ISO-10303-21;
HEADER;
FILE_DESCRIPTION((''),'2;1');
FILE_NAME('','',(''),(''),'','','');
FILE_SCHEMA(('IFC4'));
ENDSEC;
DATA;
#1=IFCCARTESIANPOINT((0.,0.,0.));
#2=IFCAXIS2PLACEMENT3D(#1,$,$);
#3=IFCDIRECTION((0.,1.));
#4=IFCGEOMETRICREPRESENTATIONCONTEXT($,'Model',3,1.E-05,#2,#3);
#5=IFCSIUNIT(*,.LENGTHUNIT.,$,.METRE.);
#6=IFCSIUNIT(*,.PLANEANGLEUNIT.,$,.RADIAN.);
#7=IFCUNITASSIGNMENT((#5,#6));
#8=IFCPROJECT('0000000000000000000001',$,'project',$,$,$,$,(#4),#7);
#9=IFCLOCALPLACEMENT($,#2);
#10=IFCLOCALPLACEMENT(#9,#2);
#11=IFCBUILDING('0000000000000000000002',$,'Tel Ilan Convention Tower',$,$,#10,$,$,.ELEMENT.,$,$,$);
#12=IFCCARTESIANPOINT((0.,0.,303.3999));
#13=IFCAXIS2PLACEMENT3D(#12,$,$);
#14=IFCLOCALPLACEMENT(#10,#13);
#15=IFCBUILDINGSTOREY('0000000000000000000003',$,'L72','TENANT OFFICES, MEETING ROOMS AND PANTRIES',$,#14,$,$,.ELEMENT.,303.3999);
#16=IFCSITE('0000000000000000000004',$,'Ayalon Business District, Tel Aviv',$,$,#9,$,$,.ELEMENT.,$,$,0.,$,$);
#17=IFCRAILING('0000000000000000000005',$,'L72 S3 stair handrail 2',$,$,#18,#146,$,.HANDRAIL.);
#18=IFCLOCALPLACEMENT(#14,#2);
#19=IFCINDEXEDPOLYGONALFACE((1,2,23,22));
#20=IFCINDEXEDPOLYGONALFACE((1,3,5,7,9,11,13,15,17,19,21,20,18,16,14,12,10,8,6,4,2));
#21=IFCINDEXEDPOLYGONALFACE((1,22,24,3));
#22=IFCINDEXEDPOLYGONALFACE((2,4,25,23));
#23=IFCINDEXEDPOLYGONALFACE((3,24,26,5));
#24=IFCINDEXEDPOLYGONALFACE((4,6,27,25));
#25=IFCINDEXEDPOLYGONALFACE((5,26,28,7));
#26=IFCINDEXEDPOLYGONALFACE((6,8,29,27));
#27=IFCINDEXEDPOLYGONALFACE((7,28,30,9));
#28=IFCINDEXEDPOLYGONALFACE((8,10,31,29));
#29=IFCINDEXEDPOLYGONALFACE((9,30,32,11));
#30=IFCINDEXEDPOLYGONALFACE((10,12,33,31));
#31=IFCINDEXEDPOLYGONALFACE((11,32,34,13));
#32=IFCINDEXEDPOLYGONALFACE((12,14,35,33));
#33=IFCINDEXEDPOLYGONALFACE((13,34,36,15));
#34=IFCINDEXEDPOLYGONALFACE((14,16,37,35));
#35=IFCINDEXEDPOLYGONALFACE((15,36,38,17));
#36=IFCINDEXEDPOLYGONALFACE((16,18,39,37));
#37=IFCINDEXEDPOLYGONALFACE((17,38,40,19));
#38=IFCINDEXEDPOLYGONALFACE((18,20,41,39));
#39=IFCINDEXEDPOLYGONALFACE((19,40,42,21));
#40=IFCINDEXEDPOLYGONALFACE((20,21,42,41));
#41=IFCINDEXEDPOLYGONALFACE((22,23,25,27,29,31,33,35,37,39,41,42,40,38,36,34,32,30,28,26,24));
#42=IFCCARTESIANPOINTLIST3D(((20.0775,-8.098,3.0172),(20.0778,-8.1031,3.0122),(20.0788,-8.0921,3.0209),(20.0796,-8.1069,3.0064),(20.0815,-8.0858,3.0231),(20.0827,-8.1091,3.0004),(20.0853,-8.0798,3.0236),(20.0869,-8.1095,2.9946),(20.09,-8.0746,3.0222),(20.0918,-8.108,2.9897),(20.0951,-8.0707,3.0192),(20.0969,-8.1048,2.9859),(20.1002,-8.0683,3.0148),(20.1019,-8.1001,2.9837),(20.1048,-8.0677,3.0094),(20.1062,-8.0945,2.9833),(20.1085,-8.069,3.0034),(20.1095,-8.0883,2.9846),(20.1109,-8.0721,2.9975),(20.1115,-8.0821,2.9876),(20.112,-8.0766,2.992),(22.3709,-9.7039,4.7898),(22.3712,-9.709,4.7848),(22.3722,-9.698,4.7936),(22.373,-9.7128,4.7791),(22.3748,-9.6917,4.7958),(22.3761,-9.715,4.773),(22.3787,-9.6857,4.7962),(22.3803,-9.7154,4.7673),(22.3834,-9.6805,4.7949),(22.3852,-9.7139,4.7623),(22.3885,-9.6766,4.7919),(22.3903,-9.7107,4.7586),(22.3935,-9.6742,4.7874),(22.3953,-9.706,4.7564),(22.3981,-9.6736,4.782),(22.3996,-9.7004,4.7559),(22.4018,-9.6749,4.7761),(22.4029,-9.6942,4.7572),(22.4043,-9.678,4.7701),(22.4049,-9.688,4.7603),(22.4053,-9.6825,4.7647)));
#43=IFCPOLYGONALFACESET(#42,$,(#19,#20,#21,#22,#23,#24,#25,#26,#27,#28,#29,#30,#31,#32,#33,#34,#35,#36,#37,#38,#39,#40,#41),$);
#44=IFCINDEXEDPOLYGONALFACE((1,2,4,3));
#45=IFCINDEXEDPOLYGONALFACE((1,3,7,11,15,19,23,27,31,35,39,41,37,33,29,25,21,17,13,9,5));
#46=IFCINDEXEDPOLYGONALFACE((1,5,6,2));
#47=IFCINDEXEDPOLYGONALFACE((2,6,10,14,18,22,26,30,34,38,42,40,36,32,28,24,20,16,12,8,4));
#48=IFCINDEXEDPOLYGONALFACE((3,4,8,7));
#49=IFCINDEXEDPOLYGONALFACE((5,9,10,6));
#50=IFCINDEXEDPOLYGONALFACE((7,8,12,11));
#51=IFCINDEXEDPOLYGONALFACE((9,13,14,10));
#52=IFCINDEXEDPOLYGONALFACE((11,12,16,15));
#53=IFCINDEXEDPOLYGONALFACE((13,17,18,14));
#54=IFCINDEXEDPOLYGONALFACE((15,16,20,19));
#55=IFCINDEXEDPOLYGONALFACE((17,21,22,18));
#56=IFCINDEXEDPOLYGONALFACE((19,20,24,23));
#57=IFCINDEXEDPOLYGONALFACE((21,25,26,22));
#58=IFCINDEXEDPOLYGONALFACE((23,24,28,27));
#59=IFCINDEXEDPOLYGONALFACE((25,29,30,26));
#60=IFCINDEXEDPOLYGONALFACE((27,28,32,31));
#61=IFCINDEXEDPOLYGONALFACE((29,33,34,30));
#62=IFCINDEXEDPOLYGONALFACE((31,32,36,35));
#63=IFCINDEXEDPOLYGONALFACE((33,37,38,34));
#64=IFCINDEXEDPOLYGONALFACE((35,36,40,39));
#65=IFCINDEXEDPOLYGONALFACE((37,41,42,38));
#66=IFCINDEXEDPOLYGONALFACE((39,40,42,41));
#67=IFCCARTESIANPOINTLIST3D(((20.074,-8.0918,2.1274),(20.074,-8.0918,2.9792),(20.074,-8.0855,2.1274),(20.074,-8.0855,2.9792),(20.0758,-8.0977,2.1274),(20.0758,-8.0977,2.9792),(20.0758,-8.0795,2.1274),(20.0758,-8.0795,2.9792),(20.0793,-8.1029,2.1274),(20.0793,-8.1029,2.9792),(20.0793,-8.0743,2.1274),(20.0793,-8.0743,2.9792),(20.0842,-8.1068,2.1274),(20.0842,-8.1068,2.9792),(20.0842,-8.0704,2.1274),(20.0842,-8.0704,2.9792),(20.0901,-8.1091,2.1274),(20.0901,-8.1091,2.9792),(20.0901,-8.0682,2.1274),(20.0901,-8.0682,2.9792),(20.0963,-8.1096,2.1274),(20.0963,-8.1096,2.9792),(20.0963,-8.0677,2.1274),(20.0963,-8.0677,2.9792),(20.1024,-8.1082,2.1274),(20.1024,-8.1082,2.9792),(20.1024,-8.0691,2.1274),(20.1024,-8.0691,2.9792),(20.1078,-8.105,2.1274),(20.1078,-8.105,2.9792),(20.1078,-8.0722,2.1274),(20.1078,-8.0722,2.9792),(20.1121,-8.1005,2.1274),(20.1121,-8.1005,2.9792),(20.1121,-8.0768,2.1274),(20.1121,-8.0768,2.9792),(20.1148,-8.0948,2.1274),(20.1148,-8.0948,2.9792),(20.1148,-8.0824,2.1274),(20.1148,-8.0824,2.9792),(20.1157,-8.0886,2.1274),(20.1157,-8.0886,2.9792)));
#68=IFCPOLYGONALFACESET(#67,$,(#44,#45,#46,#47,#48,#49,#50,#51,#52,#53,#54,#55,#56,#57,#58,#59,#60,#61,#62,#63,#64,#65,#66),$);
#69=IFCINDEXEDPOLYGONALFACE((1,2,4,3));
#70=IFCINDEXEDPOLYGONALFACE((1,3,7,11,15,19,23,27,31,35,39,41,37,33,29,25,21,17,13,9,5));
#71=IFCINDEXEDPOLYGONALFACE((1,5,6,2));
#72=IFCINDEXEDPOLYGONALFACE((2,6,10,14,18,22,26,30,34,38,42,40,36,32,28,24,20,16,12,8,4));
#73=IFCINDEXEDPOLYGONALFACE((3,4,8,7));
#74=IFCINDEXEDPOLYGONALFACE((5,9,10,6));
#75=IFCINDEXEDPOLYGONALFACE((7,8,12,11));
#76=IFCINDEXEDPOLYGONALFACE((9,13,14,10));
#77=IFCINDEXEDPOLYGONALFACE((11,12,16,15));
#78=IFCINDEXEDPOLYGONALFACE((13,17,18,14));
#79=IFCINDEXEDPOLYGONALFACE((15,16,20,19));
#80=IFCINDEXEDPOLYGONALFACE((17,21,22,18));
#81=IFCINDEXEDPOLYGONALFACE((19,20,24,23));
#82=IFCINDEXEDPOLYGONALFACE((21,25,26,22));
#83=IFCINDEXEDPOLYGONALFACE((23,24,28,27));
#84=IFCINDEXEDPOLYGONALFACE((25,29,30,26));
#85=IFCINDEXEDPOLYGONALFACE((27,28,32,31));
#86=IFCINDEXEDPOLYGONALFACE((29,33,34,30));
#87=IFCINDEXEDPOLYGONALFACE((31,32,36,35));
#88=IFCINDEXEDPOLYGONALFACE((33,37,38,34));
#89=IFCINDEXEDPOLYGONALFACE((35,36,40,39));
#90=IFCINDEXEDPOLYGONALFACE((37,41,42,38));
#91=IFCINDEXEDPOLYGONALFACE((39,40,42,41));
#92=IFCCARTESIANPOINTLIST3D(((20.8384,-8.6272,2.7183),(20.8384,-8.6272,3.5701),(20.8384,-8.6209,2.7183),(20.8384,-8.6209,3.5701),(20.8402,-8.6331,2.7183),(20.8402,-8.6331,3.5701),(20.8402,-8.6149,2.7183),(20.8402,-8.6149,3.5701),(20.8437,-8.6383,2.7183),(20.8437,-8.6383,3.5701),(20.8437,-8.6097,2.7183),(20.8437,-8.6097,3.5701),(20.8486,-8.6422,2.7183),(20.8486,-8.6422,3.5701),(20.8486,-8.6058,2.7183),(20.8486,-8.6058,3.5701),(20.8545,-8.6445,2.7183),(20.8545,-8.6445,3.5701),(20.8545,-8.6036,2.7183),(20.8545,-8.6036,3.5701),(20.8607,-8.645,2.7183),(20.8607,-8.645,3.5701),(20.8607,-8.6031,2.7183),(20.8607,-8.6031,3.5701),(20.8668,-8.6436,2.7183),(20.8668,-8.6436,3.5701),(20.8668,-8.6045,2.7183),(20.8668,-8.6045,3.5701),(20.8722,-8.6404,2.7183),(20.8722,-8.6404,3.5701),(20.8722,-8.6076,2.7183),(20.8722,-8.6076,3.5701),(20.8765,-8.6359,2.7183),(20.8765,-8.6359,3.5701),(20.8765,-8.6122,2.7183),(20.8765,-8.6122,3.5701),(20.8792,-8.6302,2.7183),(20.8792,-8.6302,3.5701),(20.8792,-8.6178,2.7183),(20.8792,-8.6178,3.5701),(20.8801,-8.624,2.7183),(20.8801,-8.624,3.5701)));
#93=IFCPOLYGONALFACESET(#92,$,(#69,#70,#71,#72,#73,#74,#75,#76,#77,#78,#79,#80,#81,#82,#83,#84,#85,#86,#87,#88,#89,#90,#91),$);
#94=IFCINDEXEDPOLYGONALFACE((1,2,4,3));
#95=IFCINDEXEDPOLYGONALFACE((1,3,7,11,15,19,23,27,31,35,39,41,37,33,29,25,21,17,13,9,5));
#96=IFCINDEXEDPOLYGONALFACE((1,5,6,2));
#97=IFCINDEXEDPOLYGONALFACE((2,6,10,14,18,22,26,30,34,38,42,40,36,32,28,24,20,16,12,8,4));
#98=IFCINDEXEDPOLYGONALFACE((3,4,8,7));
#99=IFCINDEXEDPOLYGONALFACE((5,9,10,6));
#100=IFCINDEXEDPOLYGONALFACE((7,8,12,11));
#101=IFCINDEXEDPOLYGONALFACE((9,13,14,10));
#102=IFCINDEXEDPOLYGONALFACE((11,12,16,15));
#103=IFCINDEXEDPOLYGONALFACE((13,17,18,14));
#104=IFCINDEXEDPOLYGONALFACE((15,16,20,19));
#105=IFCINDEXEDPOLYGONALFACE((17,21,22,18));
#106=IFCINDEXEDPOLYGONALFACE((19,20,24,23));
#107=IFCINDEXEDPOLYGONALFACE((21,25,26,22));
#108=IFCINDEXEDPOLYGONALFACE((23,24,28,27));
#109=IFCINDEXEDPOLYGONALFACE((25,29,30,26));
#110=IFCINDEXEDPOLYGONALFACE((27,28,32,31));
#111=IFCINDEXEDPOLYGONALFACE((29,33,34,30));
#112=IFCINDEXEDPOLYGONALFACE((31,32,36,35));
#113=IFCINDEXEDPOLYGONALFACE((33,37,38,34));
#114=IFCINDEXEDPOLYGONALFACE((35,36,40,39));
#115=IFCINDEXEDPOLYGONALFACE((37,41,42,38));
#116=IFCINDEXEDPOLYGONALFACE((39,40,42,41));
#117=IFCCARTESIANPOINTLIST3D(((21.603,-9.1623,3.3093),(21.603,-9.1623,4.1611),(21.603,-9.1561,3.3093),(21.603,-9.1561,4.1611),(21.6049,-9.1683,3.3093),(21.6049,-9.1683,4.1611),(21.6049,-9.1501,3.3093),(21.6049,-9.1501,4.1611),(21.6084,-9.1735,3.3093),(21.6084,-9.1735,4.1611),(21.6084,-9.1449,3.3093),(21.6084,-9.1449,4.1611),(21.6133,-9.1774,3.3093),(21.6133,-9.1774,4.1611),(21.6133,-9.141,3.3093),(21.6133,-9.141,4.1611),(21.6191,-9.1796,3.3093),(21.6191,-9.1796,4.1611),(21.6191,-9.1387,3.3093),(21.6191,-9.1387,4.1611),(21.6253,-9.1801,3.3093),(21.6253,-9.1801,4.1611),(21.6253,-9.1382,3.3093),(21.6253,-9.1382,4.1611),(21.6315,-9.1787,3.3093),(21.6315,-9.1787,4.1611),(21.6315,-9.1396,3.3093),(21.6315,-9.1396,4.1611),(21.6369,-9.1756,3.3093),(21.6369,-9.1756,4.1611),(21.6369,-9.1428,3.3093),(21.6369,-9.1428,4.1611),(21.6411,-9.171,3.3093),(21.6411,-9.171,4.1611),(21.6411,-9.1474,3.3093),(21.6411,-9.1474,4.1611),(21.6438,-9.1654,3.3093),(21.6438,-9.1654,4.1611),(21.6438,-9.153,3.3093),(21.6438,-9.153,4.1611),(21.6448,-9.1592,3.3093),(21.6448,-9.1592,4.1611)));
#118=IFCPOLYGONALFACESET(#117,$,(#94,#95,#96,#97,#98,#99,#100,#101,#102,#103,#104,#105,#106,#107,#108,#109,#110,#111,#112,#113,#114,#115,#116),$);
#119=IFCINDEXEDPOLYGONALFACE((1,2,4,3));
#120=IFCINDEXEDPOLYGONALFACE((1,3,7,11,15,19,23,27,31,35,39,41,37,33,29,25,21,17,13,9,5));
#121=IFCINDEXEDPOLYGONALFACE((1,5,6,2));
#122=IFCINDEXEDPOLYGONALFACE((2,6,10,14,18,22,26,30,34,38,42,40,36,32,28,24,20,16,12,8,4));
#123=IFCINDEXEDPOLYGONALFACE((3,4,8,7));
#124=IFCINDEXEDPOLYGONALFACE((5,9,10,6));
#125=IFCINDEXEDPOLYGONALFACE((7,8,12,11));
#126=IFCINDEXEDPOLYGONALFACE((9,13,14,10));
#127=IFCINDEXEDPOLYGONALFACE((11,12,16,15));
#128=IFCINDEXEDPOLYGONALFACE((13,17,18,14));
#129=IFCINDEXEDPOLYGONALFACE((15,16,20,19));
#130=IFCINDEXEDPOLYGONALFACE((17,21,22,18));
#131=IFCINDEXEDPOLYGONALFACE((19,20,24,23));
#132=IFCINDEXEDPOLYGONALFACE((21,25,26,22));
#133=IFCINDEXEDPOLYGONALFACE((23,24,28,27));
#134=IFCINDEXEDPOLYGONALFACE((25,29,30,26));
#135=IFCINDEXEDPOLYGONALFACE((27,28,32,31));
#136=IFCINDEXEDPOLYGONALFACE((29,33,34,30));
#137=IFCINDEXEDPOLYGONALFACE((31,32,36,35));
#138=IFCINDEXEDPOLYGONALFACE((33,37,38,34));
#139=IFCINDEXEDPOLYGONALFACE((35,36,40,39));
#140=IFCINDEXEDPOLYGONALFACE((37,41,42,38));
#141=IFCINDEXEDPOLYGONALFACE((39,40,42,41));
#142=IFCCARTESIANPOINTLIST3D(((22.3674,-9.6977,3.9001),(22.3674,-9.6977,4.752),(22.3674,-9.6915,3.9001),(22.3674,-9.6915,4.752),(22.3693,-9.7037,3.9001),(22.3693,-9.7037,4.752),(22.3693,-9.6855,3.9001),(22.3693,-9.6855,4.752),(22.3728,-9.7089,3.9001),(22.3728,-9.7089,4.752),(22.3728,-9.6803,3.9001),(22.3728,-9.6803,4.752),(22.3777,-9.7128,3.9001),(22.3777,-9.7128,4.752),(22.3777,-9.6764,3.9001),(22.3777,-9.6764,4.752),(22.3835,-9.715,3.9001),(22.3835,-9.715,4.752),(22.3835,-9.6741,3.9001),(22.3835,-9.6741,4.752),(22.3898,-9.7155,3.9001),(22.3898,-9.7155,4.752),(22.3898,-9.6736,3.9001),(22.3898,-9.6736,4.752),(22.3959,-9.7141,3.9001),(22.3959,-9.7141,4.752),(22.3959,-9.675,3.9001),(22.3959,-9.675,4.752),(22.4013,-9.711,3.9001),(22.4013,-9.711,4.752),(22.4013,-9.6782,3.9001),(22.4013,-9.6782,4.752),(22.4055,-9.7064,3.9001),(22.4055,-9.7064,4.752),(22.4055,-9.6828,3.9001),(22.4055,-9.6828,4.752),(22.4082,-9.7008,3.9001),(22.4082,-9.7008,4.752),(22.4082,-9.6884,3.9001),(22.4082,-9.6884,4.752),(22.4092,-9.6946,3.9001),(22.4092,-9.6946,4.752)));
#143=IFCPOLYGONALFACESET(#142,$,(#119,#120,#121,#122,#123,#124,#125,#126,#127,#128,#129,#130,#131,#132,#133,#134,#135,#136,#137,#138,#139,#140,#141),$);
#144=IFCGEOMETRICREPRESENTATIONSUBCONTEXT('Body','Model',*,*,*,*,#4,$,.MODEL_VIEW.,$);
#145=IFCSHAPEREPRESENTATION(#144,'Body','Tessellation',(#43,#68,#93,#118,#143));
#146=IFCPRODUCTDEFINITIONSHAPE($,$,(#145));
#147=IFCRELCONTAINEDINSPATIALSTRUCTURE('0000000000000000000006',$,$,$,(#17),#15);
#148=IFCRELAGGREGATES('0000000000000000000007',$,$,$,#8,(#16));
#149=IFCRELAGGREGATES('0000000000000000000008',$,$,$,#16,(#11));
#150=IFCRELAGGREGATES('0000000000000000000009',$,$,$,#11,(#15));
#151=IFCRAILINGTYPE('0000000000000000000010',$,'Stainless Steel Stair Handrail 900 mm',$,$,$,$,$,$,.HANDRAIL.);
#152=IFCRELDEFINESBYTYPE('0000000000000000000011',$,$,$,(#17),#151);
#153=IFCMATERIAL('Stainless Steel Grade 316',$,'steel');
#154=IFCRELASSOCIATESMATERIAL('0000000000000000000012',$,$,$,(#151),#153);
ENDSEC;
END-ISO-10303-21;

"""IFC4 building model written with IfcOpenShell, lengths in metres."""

from ifc_helpers import new_model, si_unit, direction, frame, origin, origin_2d, place, context, subcontext, project, spatial, circle, extrude, material, type_object, element, save


model = new_model("IFC4")

# Units and contexts
model_context = context("Model", 3, precision=1e-05, world=origin(), true_north=direction((0.0, 1.0)))
body_context = subcontext(model_context, "Body", "Model", "MODEL_VIEW")
ifc_project = project(units=[si_unit("LENGTHUNIT", "METRE"), si_unit("PLANEANGLEUNIT", "RADIAN")], contexts=[model_context])

# Site, building, storey
site_placement = place(None, origin())
site = spatial("IfcSite", under=ifc_project, at=site_placement, Name="Ayalon Business District, Tel Aviv", CompositionType="ELEMENT", RefElevation=0.0)
building_placement = place(site_placement, origin())
building = spatial("IfcBuilding", under=site, at=building_placement, Name="Tel Ilan Convention Tower", CompositionType="ELEMENT")
storey_placement = place(building_placement, frame((0.0, 0.0, 303.3999)))
storey = spatial("IfcBuildingStorey", under=building, at=storey_placement, Name="L72", Description="TENANT OFFICES, MEETING ROOMS AND PANTRIES", CompositionType="ELEMENT", Elevation=303.3999)

# Railing
ifc_material_1 = material(Name="Stainless Steel Grade 316", Category="steel")
railing_type_1 = type_object("IfcRailingType", Name="Stainless Steel Stair Handrail 900 mm", PredefinedType="HANDRAIL", material=ifc_material_1)
railing_1_placement = place(storey_placement, frame((20.0947, -8.0886, 2.1274)))
element("IfcRailing", 1, at=railing_1_placement, inside=storey, type_object=railing_type_1, Name="L72 S3 stair handrail 2", PredefinedType="HANDRAIL", context=body_context, shape_type="SweptSolid", body=[
    extrude(circle(Radius=0.0239, at=origin_2d()), frame((0.0, 0.0, 0.876), z_axis=(0.692085, -0.484621, 0.53494), x_axis=(0.573591, 0.819142, 0.0)), (0.0, 0.0, 1.0), 3.3137),
    extrude(circle(Radius=0.021, at=origin_2d()), origin(), (0.0, 0.0, 1.0), 0.8518),
    extrude(circle(Radius=0.021, at=origin_2d()), frame((0.7644, -0.5354, 0.5908)), (0.0, 0.0, 1.0), 0.8518),
    extrude(circle(Radius=0.021, at=origin_2d()), frame((1.5291, -1.0706, 1.1819)), (0.0, 0.0, 1.0), 0.8518),
    extrude(circle(Radius=0.021, at=origin_2d()), frame((2.2935, -1.606, 1.7727)), (0.0, 0.0, 1.0), 0.8518),
])

save(model, "model.ifc")
